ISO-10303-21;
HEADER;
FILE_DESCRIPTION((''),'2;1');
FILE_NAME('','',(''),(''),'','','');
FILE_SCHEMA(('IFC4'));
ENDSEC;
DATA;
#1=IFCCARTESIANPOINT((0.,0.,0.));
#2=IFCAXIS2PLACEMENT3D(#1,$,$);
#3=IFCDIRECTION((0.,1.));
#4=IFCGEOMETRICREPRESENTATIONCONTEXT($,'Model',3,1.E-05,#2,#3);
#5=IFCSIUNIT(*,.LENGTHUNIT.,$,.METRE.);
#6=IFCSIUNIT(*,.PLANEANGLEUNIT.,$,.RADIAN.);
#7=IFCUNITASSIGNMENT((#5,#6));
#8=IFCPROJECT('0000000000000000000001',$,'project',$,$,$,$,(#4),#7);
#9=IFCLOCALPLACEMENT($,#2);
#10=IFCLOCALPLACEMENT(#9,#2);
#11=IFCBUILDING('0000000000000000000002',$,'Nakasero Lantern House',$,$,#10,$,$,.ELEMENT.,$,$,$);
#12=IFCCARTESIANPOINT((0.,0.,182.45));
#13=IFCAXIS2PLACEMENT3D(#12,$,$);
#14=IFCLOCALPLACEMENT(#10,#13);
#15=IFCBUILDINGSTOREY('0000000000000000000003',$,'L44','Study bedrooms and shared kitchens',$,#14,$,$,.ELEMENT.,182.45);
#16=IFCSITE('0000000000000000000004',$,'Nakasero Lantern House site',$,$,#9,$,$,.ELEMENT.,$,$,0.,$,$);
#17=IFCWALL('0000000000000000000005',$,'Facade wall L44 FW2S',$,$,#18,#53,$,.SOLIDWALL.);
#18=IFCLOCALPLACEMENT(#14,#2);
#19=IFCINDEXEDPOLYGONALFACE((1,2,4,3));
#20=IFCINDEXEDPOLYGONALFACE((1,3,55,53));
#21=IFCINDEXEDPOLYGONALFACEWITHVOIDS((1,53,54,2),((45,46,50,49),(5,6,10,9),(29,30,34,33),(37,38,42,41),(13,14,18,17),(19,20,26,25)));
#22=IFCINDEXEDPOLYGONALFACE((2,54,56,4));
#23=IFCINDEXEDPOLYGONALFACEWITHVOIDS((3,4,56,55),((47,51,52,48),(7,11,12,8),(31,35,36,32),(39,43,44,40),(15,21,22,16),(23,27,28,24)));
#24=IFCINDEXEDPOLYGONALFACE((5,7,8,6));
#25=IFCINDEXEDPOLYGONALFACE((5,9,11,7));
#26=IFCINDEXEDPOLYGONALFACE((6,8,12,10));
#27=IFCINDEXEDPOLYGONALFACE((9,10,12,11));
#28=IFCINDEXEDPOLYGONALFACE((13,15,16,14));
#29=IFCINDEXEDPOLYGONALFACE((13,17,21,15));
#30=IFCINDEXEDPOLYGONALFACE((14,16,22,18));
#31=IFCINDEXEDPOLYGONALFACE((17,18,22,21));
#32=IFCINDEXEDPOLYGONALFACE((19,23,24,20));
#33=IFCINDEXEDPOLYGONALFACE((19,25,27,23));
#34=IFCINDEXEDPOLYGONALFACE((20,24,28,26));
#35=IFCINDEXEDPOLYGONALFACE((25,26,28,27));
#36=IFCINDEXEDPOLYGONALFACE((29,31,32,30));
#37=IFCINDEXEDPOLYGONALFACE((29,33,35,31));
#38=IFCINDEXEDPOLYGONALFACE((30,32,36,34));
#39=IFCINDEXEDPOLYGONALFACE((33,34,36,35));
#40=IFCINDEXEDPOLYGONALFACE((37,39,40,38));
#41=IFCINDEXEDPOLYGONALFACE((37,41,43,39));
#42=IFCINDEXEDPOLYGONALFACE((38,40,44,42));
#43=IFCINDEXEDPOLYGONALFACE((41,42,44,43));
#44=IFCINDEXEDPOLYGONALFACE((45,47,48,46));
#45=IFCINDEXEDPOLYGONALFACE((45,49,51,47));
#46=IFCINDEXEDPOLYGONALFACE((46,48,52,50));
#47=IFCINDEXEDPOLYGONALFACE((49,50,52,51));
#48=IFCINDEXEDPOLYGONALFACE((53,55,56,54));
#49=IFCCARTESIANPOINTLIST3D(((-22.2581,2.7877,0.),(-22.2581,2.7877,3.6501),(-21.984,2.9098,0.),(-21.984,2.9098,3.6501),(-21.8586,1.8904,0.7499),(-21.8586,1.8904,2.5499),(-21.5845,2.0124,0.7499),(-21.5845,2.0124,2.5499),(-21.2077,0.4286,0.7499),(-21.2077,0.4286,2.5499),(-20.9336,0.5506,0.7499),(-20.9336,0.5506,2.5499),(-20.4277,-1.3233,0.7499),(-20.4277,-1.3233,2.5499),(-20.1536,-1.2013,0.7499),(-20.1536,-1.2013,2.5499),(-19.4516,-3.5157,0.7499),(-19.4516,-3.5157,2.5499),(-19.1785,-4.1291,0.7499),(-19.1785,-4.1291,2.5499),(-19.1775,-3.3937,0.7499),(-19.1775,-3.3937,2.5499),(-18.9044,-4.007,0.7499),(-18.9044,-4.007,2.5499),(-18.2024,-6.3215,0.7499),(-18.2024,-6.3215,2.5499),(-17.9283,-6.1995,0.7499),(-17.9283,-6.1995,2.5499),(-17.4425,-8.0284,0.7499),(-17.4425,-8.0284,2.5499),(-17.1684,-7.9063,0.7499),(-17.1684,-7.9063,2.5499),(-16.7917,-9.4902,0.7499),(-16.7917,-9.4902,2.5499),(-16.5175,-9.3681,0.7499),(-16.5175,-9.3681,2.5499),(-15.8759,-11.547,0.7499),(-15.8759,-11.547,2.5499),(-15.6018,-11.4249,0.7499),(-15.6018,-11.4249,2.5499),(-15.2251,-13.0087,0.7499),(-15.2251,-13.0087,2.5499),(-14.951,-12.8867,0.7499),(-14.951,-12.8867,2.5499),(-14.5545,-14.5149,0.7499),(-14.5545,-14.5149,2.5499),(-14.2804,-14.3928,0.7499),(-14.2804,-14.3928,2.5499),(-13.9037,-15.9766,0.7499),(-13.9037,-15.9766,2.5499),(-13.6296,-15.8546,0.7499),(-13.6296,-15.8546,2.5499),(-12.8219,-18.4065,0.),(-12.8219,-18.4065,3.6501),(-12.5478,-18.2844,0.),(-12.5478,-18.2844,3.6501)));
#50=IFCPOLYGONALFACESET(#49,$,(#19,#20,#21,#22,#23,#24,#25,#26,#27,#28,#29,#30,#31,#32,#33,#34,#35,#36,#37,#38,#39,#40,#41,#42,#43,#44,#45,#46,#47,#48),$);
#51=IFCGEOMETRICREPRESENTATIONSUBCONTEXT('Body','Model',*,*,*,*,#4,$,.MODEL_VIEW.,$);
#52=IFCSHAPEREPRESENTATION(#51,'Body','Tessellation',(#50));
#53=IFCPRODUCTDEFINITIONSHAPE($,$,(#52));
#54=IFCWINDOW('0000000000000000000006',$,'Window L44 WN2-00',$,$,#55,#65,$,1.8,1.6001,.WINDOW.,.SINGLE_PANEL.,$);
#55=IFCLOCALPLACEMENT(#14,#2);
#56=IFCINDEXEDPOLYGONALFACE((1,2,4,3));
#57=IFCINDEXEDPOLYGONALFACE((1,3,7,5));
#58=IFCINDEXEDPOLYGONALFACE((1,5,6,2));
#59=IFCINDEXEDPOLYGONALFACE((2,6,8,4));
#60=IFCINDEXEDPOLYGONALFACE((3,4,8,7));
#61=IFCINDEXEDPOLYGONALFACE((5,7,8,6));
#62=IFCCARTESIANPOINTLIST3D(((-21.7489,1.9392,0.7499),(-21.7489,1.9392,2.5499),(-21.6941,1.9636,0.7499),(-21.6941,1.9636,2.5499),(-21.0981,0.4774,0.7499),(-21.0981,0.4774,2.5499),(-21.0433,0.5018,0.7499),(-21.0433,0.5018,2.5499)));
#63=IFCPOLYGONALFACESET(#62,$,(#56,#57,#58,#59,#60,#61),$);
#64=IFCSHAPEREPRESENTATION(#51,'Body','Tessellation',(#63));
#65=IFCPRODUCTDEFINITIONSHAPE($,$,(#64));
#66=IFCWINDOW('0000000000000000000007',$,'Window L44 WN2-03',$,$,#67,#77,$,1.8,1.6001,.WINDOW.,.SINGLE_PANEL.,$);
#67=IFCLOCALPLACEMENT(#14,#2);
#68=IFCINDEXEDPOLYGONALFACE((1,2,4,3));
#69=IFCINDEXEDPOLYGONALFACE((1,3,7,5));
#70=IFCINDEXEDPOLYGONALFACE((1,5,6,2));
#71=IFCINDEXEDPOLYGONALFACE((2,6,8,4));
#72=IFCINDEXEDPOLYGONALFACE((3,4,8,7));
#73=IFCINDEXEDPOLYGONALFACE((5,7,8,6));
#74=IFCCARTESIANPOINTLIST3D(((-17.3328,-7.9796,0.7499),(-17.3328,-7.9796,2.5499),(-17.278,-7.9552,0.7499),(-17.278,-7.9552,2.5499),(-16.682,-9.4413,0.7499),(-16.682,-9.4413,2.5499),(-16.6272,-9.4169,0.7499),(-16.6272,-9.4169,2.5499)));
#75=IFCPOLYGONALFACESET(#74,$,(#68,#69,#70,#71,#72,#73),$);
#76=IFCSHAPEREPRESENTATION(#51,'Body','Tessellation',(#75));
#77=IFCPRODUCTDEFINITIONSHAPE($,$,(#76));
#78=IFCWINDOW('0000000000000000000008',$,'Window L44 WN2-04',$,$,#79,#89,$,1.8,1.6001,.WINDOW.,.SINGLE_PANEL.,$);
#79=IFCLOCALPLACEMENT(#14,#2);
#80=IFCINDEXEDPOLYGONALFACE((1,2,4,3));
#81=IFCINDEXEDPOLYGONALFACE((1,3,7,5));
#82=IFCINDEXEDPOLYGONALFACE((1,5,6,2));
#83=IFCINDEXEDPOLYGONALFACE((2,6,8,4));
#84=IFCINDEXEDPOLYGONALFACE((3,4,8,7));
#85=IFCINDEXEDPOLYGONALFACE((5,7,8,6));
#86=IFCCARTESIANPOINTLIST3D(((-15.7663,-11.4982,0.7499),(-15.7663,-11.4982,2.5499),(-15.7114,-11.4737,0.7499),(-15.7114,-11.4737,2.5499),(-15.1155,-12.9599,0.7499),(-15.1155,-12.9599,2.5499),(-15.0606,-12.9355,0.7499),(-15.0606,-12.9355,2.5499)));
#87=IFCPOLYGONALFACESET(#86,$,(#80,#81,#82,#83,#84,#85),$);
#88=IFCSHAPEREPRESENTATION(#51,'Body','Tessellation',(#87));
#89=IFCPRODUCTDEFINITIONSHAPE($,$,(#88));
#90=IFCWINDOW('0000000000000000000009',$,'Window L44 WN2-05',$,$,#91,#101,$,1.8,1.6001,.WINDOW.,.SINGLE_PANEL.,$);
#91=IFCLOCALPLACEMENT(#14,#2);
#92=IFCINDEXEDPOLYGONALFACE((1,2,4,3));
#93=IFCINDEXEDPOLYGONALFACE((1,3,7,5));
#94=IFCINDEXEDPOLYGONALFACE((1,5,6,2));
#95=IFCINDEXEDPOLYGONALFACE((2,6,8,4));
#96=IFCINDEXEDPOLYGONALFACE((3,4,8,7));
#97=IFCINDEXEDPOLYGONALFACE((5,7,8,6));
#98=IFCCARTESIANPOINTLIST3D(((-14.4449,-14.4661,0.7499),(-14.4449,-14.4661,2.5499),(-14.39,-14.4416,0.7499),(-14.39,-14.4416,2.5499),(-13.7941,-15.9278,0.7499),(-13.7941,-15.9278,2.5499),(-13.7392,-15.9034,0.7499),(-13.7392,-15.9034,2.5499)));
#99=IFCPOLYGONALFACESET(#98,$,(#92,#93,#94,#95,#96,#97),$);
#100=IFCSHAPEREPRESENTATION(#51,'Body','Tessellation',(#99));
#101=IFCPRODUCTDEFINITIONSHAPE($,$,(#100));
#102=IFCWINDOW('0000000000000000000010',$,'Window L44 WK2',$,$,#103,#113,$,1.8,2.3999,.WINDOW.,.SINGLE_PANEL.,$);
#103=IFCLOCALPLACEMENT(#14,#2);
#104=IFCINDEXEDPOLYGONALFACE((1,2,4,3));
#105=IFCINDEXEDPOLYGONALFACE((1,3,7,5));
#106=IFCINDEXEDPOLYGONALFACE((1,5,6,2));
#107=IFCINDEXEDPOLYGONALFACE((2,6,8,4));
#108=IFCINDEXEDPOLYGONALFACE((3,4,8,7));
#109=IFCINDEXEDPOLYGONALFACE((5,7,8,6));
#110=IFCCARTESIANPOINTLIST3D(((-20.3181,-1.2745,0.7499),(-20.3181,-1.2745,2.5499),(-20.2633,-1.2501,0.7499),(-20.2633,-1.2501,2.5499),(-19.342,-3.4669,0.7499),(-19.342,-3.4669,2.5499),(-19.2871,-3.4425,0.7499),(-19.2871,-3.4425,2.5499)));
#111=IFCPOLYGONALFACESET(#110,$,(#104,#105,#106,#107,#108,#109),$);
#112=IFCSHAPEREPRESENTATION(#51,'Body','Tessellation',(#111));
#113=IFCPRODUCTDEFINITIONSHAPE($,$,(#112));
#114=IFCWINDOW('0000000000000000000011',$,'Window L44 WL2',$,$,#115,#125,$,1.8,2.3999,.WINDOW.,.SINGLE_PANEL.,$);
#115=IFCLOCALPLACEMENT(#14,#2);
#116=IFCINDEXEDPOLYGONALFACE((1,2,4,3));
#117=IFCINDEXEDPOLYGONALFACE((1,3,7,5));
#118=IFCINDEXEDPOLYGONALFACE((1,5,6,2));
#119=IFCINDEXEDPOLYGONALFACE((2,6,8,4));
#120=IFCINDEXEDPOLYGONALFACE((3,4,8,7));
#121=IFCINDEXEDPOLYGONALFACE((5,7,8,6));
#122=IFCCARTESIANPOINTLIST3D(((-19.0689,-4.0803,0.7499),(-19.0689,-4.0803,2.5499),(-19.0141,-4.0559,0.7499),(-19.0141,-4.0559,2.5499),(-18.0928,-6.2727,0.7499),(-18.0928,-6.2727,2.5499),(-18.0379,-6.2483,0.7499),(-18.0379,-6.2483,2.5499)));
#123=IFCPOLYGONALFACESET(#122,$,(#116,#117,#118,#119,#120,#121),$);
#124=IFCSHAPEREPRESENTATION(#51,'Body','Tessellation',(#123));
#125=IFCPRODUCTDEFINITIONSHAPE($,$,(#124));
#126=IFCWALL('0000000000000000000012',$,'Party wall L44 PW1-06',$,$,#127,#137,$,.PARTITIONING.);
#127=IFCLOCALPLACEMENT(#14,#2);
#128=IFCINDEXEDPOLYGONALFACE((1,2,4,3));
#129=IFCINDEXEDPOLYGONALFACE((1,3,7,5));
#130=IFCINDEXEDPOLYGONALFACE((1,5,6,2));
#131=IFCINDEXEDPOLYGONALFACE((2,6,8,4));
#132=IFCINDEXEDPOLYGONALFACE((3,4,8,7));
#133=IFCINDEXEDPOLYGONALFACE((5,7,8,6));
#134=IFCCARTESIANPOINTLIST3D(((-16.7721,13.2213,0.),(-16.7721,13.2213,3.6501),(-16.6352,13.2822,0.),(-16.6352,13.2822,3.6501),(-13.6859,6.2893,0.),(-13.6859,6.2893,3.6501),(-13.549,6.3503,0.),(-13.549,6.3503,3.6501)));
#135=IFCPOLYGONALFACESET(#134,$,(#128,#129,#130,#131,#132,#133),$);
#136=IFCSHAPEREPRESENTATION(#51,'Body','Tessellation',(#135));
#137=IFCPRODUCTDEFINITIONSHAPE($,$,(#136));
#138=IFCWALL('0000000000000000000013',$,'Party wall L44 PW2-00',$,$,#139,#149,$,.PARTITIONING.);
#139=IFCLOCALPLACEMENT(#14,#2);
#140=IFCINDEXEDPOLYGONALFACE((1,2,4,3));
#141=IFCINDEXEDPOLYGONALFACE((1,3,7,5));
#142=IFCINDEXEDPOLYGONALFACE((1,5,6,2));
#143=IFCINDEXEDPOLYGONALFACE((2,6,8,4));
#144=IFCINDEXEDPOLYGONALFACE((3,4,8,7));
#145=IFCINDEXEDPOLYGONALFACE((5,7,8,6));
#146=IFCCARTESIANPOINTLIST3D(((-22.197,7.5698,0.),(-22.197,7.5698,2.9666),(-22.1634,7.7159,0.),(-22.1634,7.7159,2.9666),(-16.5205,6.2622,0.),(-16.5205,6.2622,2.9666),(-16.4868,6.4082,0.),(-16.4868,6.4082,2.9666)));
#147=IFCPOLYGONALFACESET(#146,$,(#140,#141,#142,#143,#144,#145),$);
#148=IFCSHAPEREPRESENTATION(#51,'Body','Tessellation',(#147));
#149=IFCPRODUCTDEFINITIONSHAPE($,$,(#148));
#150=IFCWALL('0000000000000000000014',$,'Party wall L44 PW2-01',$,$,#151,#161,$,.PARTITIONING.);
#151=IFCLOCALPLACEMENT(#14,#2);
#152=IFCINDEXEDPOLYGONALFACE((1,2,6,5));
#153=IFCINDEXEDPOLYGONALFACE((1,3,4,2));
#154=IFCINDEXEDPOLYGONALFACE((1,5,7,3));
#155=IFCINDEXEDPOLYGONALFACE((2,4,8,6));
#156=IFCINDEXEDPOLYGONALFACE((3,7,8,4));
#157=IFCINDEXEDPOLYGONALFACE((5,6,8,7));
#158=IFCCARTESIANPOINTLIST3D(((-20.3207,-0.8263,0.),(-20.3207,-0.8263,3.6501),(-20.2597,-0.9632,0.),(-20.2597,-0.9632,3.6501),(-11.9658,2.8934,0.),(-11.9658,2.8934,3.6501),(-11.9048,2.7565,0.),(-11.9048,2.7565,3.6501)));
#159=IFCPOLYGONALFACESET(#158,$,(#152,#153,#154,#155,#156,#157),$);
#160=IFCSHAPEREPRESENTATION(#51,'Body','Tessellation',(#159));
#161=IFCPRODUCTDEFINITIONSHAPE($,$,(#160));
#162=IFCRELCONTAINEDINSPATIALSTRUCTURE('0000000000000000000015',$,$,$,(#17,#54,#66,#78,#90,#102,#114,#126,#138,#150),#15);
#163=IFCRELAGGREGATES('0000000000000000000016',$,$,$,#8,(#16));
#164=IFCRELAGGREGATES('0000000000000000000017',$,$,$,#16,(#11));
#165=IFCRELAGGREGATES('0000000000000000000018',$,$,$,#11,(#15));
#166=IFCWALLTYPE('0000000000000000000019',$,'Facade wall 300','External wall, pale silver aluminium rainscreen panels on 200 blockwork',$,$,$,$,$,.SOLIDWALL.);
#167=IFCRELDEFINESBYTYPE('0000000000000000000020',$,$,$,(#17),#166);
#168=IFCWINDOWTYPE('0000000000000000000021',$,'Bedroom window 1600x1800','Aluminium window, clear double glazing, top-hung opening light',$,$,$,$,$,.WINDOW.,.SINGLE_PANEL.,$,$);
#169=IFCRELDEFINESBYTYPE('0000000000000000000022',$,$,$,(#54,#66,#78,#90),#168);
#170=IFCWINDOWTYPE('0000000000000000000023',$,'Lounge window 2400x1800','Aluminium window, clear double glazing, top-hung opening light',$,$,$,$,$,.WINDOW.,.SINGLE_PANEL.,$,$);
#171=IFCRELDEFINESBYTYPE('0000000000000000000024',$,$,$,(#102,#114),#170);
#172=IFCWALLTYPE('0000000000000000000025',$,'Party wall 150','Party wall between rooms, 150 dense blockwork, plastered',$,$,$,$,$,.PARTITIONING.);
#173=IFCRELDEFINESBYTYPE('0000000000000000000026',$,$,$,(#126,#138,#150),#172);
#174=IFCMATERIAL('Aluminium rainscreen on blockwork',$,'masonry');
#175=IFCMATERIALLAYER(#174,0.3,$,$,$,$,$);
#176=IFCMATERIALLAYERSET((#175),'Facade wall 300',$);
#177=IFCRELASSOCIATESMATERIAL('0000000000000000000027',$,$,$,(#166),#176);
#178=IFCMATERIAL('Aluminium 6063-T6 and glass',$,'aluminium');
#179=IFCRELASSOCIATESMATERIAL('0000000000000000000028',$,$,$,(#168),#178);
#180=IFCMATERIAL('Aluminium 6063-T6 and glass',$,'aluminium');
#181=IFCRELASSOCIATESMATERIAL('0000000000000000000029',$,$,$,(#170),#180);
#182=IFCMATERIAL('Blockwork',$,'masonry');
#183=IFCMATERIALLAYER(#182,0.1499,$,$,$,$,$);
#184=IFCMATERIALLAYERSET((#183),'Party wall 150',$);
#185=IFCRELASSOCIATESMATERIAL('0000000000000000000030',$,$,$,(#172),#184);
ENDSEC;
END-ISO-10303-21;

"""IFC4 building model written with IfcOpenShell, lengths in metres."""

from ifc_helpers import new_model, si_unit, direction, frame, frame_2d, origin, place, context, subcontext, project, spatial, rectangle, extrude, material, layer, layer_set, type_object, element, fill, save


model = new_model("IFC4")

# Units and contexts
model_context = context("Model", 3, precision=1e-05, world=origin(), true_north=direction((0.0, 1.0)))
body_context = subcontext(model_context, "Body", "Model", "MODEL_VIEW")
ifc_project = project(units=[si_unit("LENGTHUNIT", "METRE"), si_unit("PLANEANGLEUNIT", "RADIAN")], contexts=[model_context])

# Site, building, storey
site_placement = place(None, origin())
site = spatial("IfcSite", under=ifc_project, at=site_placement, Name="Nakasero Lantern House site", CompositionType="ELEMENT", RefElevation=0.0)
building_placement = place(site_placement, origin())
building = spatial("IfcBuilding", under=site, at=building_placement, Name="Nakasero Lantern House", CompositionType="ELEMENT")
storey_placement = place(building_placement, frame((0.0, 0.0, 182.45)))
storey = spatial("IfcBuildingStorey", under=building, at=storey_placement, Name="L44", Description="Study bedrooms and shared kitchens", CompositionType="ELEMENT", Elevation=182.45)

# Shared definitions
ifc_material_1 = material(Name="Aluminium rainscreen on blockwork", Category="masonry")
ifc_layer_1 = layer(ifc_material_1, 0.3)
ifc_layer_set_1 = layer_set([ifc_layer_1], Name="Facade wall 300")
wall_type_1 = type_object("IfcWallType", Name="Facade wall 300", Description="External wall, pale silver aluminium rainscreen panels on 200 blockwork", PredefinedType="SOLIDWALL", material=ifc_layer_set_1)

# Wall, openings, windows
wall_1_placement = place(storey_placement, frame((-22.1211, 2.8489, 0.0), z_axis=(0.0, 0.0, 1.0), x_axis=(0.406735, -0.913546, 0.0)))
wall_1 = element("IfcWall", 1, at=wall_1_placement, inside=storey, type_object=wall_type_1, Name="Facade wall L44 FW2S", PredefinedType="SOLIDWALL", context=body_context, shape_type="SweptSolid", body=[
    extrude(rectangle(XDim=23.2, YDim=0.3, at=frame_2d((11.6001, 0.0))), origin(), (0.0, 0.0, 1.0), 3.6501),
])
opening_1_placement = place(wall_1_placement, frame((0.9824, 0.0, 0.75)))
opening_1 = element("IfcOpeningElement", 2, at=opening_1_placement, cuts=wall_1, PredefinedType="OPENING", context=body_context, shape_type="SweptSolid", body=[
    extrude(rectangle(XDim=1.6001, YDim=1.8, at=frame_2d((0.8, 0.8999))), frame((0.0, 0.1699, 0.0), z_axis=(0.0, -1.0, 0.0), x_axis=(1.0, 0.0, 0.0)), (0.0, 0.0, 1.0), 0.3401),
])
opening_2_placement = place(wall_1_placement, frame((11.8398, 0.0, 0.75)))
opening_2 = element("IfcOpeningElement", 3, at=opening_2_placement, cuts=wall_1, PredefinedType="OPENING", context=body_context, shape_type="SweptSolid", body=[
    extrude(rectangle(XDim=1.6001, YDim=1.8, at=frame_2d((0.8, 0.8999))), frame((0.0, 0.1699, 0.0), z_axis=(0.0, -1.0, 0.0), x_axis=(1.0, 0.0, 0.0)), (0.0, 0.0, 1.0), 0.3401),
])
opening_3_placement = place(wall_1_placement, frame((15.6914, 0.0, 0.75)))
opening_3 = element("IfcOpeningElement", 4, at=opening_3_placement, cuts=wall_1, PredefinedType="OPENING", context=body_context, shape_type="SweptSolid", body=[
    extrude(rectangle(XDim=1.6001, YDim=1.8, at=frame_2d((0.8, 0.8999))), frame((0.0, 0.1699, 0.0), z_axis=(0.0, -1.0, 0.0), x_axis=(1.0, 0.0, 0.0)), (0.0, 0.0, 1.0), 0.3401),
])
opening_4_placement = place(wall_1_placement, frame((18.9402, 0.0, 0.75)))
opening_4 = element("IfcOpeningElement", 5, at=opening_4_placement, cuts=wall_1, PredefinedType="OPENING", context=body_context, shape_type="SweptSolid", body=[
    extrude(rectangle(XDim=1.6001, YDim=1.8, at=frame_2d((0.8, 0.8999))), frame((0.0, 0.1699, 0.0), z_axis=(0.0, -1.0, 0.0), x_axis=(1.0, 0.0, 0.0)), (0.0, 0.0, 1.0), 0.3401),
])
opening_5_placement = place(wall_1_placement, frame((4.5002, 0.0, 0.75)))
opening_5 = element("IfcOpeningElement", 6, at=opening_5_placement, cuts=wall_1, PredefinedType="OPENING", context=body_context, shape_type="SweptSolid", body=[
    extrude(rectangle(XDim=2.3999, YDim=1.8, at=frame_2d((1.2, 0.8999))), frame((0.0, 0.1699, 0.0), z_axis=(0.0, -1.0, 0.0), x_axis=(1.0, 0.0, 0.0)), (0.0, 0.0, 1.0), 0.3401),
])
opening_6_placement = place(wall_1_placement, frame((7.5715, 0.0, 0.75)))
opening_6 = element("IfcOpeningElement", 7, at=opening_6_placement, cuts=wall_1, PredefinedType="OPENING", context=body_context, shape_type="SweptSolid", body=[
    extrude(rectangle(XDim=2.3999, YDim=1.8, at=frame_2d((1.2, 0.8999))), frame((0.0, 0.1699, 0.0), z_axis=(0.0, -1.0, 0.0), x_axis=(1.0, 0.0, 0.0)), (0.0, 0.0, 1.0), 0.3401),
])
ifc_material_2 = material(Name="Aluminium 6063-T6 and glass", Category="aluminium")
window_type_1 = type_object("IfcWindowType", Name="Bedroom window 1600x1800", Description="Aluminium window, clear double glazing, top-hung opening light", PartitioningType="SINGLE_PANEL", PredefinedType="WINDOW", material=ifc_material_2)
window_1_placement = place(opening_1_placement, origin())
window_1 = element("IfcWindow", 8, at=window_1_placement, inside=storey, type_object=window_type_1, Name="Window L44 WN2-00", OverallHeight=1.8, OverallWidth=1.6001, PartitioningType="SINGLE_PANEL", PredefinedType="WINDOW", context=body_context, shape_type="SweptSolid", body=[
    extrude(rectangle(XDim=1.6001, YDim=1.8, at=frame_2d((0.8, 0.8999))), frame((0.0, 0.03, 0.0), z_axis=(0.0, -1.0, 0.0), x_axis=(1.0, 0.0, 0.0)), (0.0, 0.0, 1.0), 0.0601),
])
fill(opening_1, window_1)
window_2_placement = place(opening_2_placement, origin())
window_2 = element("IfcWindow", 9, at=window_2_placement, inside=storey, type_object=window_type_1, Name="Window L44 WN2-03", OverallHeight=1.8, OverallWidth=1.6001, PartitioningType="SINGLE_PANEL", PredefinedType="WINDOW", context=body_context, shape_type="SweptSolid", body=[
    extrude(rectangle(XDim=1.6001, YDim=1.8, at=frame_2d((0.8, 0.8999))), frame((0.0, 0.03, 0.0), z_axis=(0.0, -1.0, 0.0), x_axis=(1.0, 0.0, 0.0)), (0.0, 0.0, 1.0), 0.0601),
])
fill(opening_2, window_2)
window_3_placement = place(opening_3_placement, origin())
window_3 = element("IfcWindow", 10, at=window_3_placement, inside=storey, type_object=window_type_1, Name="Window L44 WN2-04", OverallHeight=1.8, OverallWidth=1.6001, PartitioningType="SINGLE_PANEL", PredefinedType="WINDOW", context=body_context, shape_type="SweptSolid", body=[
    extrude(rectangle(XDim=1.6001, YDim=1.8, at=frame_2d((0.8, 0.8999))), frame((0.0, 0.03, 0.0), z_axis=(0.0, -1.0, 0.0), x_axis=(1.0, 0.0, 0.0)), (0.0, 0.0, 1.0), 0.0601),
])
fill(opening_3, window_3)
window_4_placement = place(opening_4_placement, origin())
window_4 = element("IfcWindow", 11, at=window_4_placement, inside=storey, type_object=window_type_1, Name="Window L44 WN2-05", OverallHeight=1.8, OverallWidth=1.6001, PartitioningType="SINGLE_PANEL", PredefinedType="WINDOW", context=body_context, shape_type="SweptSolid", body=[
    extrude(rectangle(XDim=1.6001, YDim=1.8, at=frame_2d((0.8, 0.8999))), frame((0.0, 0.03, 0.0), z_axis=(0.0, -1.0, 0.0), x_axis=(1.0, 0.0, 0.0)), (0.0, 0.0, 1.0), 0.0601),
])
fill(opening_4, window_4)
ifc_material_3 = material(Name="Aluminium 6063-T6 and glass", Category="aluminium")
window_type_2 = type_object("IfcWindowType", Name="Lounge window 2400x1800", Description="Aluminium window, clear double glazing, top-hung opening light", PartitioningType="SINGLE_PANEL", PredefinedType="WINDOW", material=ifc_material_3)
window_5_placement = place(opening_5_placement, origin())
window_5 = element("IfcWindow", 12, at=window_5_placement, inside=storey, type_object=window_type_2, Name="Window L44 WK2", OverallHeight=1.8, OverallWidth=2.3999, PartitioningType="SINGLE_PANEL", PredefinedType="WINDOW", context=body_context, shape_type="SweptSolid", body=[
    extrude(rectangle(XDim=2.3999, YDim=1.8, at=frame_2d((1.2, 0.8999))), frame((0.0, 0.03, 0.0), z_axis=(0.0, -1.0, 0.0), x_axis=(1.0, 0.0, 0.0)), (0.0, 0.0, 1.0), 0.0601),
])
fill(opening_5, window_5)
window_6_placement = place(opening_6_placement, origin())
window_6 = element("IfcWindow", 13, at=window_6_placement, inside=storey, type_object=window_type_2, Name="Window L44 WL2", OverallHeight=1.8, OverallWidth=2.3999, PartitioningType="SINGLE_PANEL", PredefinedType="WINDOW", context=body_context, shape_type="SweptSolid", body=[
    extrude(rectangle(XDim=2.3999, YDim=1.8, at=frame_2d((1.2, 0.8999))), frame((0.0, 0.03, 0.0), z_axis=(0.0, -1.0, 0.0), x_axis=(1.0, 0.0, 0.0)), (0.0, 0.0, 1.0), 0.0601),
])
fill(opening_6, window_6)

# Walls
ifc_material_4 = material(Name="Blockwork", Category="masonry")
ifc_layer_2 = layer(ifc_material_4, 0.1499)
ifc_layer_set_2 = layer_set([ifc_layer_2], Name="Party wall 150")
wall_type_2 = type_object("IfcWallType", Name="Party wall 150", Description="Party wall between rooms, 150 dense blockwork, plastered", PredefinedType="PARTITIONING", material=ifc_layer_set_2)
wall_2_placement = place(storey_placement, frame((-13.6174, 6.3198, 0.0), z_axis=(0.0, 0.0, 1.0), x_axis=(-0.406726, 0.91355, 0.0)))
element("IfcWall", 14, at=wall_2_placement, inside=storey, type_object=wall_type_2, Name="Party wall L44 PW1-06", PredefinedType="PARTITIONING", context=body_context, shape_type="SweptSolid", body=[
    extrude(rectangle(XDim=7.5879, YDim=0.1499, at=frame_2d((3.7939, 0.0))), origin(), (0.0, 0.0, 1.0), 3.6501),
])
wall_3_placement = place(storey_placement, frame((-16.5037, 6.3352, 0.0), z_axis=(0.0, 0.0, 1.0), x_axis=(-0.974479, 0.224477, 0.0)))
element("IfcWall", 15, at=wall_3_placement, inside=storey, type_object=wall_type_2, Name="Party wall L44 PW2-00", PredefinedType="PARTITIONING", context=body_context, shape_type="SweptSolid", body=[
    extrude(rectangle(XDim=5.8252, YDim=0.1499, at=frame_2d((2.9126, 0.0))), origin(), (0.0, 0.0, 1.0), 2.9666),
])
wall_4_placement = place(storey_placement, frame((-11.9353, 2.825, 0.0), z_axis=(0.0, 0.0, 1.0), x_axis=(-0.913552, -0.406723, 0.0)))
element("IfcWall", 16, at=wall_4_placement, inside=storey, type_object=wall_type_2, Name="Party wall L44 PW2-01", PredefinedType="PARTITIONING", context=body_context, shape_type="SweptSolid", body=[
    extrude(rectangle(XDim=9.1455, YDim=0.1499, at=frame_2d((4.5728, 0.0))), origin(), (0.0, 0.0, 1.0), 3.6501),
])

save(model, "model.ifc")
